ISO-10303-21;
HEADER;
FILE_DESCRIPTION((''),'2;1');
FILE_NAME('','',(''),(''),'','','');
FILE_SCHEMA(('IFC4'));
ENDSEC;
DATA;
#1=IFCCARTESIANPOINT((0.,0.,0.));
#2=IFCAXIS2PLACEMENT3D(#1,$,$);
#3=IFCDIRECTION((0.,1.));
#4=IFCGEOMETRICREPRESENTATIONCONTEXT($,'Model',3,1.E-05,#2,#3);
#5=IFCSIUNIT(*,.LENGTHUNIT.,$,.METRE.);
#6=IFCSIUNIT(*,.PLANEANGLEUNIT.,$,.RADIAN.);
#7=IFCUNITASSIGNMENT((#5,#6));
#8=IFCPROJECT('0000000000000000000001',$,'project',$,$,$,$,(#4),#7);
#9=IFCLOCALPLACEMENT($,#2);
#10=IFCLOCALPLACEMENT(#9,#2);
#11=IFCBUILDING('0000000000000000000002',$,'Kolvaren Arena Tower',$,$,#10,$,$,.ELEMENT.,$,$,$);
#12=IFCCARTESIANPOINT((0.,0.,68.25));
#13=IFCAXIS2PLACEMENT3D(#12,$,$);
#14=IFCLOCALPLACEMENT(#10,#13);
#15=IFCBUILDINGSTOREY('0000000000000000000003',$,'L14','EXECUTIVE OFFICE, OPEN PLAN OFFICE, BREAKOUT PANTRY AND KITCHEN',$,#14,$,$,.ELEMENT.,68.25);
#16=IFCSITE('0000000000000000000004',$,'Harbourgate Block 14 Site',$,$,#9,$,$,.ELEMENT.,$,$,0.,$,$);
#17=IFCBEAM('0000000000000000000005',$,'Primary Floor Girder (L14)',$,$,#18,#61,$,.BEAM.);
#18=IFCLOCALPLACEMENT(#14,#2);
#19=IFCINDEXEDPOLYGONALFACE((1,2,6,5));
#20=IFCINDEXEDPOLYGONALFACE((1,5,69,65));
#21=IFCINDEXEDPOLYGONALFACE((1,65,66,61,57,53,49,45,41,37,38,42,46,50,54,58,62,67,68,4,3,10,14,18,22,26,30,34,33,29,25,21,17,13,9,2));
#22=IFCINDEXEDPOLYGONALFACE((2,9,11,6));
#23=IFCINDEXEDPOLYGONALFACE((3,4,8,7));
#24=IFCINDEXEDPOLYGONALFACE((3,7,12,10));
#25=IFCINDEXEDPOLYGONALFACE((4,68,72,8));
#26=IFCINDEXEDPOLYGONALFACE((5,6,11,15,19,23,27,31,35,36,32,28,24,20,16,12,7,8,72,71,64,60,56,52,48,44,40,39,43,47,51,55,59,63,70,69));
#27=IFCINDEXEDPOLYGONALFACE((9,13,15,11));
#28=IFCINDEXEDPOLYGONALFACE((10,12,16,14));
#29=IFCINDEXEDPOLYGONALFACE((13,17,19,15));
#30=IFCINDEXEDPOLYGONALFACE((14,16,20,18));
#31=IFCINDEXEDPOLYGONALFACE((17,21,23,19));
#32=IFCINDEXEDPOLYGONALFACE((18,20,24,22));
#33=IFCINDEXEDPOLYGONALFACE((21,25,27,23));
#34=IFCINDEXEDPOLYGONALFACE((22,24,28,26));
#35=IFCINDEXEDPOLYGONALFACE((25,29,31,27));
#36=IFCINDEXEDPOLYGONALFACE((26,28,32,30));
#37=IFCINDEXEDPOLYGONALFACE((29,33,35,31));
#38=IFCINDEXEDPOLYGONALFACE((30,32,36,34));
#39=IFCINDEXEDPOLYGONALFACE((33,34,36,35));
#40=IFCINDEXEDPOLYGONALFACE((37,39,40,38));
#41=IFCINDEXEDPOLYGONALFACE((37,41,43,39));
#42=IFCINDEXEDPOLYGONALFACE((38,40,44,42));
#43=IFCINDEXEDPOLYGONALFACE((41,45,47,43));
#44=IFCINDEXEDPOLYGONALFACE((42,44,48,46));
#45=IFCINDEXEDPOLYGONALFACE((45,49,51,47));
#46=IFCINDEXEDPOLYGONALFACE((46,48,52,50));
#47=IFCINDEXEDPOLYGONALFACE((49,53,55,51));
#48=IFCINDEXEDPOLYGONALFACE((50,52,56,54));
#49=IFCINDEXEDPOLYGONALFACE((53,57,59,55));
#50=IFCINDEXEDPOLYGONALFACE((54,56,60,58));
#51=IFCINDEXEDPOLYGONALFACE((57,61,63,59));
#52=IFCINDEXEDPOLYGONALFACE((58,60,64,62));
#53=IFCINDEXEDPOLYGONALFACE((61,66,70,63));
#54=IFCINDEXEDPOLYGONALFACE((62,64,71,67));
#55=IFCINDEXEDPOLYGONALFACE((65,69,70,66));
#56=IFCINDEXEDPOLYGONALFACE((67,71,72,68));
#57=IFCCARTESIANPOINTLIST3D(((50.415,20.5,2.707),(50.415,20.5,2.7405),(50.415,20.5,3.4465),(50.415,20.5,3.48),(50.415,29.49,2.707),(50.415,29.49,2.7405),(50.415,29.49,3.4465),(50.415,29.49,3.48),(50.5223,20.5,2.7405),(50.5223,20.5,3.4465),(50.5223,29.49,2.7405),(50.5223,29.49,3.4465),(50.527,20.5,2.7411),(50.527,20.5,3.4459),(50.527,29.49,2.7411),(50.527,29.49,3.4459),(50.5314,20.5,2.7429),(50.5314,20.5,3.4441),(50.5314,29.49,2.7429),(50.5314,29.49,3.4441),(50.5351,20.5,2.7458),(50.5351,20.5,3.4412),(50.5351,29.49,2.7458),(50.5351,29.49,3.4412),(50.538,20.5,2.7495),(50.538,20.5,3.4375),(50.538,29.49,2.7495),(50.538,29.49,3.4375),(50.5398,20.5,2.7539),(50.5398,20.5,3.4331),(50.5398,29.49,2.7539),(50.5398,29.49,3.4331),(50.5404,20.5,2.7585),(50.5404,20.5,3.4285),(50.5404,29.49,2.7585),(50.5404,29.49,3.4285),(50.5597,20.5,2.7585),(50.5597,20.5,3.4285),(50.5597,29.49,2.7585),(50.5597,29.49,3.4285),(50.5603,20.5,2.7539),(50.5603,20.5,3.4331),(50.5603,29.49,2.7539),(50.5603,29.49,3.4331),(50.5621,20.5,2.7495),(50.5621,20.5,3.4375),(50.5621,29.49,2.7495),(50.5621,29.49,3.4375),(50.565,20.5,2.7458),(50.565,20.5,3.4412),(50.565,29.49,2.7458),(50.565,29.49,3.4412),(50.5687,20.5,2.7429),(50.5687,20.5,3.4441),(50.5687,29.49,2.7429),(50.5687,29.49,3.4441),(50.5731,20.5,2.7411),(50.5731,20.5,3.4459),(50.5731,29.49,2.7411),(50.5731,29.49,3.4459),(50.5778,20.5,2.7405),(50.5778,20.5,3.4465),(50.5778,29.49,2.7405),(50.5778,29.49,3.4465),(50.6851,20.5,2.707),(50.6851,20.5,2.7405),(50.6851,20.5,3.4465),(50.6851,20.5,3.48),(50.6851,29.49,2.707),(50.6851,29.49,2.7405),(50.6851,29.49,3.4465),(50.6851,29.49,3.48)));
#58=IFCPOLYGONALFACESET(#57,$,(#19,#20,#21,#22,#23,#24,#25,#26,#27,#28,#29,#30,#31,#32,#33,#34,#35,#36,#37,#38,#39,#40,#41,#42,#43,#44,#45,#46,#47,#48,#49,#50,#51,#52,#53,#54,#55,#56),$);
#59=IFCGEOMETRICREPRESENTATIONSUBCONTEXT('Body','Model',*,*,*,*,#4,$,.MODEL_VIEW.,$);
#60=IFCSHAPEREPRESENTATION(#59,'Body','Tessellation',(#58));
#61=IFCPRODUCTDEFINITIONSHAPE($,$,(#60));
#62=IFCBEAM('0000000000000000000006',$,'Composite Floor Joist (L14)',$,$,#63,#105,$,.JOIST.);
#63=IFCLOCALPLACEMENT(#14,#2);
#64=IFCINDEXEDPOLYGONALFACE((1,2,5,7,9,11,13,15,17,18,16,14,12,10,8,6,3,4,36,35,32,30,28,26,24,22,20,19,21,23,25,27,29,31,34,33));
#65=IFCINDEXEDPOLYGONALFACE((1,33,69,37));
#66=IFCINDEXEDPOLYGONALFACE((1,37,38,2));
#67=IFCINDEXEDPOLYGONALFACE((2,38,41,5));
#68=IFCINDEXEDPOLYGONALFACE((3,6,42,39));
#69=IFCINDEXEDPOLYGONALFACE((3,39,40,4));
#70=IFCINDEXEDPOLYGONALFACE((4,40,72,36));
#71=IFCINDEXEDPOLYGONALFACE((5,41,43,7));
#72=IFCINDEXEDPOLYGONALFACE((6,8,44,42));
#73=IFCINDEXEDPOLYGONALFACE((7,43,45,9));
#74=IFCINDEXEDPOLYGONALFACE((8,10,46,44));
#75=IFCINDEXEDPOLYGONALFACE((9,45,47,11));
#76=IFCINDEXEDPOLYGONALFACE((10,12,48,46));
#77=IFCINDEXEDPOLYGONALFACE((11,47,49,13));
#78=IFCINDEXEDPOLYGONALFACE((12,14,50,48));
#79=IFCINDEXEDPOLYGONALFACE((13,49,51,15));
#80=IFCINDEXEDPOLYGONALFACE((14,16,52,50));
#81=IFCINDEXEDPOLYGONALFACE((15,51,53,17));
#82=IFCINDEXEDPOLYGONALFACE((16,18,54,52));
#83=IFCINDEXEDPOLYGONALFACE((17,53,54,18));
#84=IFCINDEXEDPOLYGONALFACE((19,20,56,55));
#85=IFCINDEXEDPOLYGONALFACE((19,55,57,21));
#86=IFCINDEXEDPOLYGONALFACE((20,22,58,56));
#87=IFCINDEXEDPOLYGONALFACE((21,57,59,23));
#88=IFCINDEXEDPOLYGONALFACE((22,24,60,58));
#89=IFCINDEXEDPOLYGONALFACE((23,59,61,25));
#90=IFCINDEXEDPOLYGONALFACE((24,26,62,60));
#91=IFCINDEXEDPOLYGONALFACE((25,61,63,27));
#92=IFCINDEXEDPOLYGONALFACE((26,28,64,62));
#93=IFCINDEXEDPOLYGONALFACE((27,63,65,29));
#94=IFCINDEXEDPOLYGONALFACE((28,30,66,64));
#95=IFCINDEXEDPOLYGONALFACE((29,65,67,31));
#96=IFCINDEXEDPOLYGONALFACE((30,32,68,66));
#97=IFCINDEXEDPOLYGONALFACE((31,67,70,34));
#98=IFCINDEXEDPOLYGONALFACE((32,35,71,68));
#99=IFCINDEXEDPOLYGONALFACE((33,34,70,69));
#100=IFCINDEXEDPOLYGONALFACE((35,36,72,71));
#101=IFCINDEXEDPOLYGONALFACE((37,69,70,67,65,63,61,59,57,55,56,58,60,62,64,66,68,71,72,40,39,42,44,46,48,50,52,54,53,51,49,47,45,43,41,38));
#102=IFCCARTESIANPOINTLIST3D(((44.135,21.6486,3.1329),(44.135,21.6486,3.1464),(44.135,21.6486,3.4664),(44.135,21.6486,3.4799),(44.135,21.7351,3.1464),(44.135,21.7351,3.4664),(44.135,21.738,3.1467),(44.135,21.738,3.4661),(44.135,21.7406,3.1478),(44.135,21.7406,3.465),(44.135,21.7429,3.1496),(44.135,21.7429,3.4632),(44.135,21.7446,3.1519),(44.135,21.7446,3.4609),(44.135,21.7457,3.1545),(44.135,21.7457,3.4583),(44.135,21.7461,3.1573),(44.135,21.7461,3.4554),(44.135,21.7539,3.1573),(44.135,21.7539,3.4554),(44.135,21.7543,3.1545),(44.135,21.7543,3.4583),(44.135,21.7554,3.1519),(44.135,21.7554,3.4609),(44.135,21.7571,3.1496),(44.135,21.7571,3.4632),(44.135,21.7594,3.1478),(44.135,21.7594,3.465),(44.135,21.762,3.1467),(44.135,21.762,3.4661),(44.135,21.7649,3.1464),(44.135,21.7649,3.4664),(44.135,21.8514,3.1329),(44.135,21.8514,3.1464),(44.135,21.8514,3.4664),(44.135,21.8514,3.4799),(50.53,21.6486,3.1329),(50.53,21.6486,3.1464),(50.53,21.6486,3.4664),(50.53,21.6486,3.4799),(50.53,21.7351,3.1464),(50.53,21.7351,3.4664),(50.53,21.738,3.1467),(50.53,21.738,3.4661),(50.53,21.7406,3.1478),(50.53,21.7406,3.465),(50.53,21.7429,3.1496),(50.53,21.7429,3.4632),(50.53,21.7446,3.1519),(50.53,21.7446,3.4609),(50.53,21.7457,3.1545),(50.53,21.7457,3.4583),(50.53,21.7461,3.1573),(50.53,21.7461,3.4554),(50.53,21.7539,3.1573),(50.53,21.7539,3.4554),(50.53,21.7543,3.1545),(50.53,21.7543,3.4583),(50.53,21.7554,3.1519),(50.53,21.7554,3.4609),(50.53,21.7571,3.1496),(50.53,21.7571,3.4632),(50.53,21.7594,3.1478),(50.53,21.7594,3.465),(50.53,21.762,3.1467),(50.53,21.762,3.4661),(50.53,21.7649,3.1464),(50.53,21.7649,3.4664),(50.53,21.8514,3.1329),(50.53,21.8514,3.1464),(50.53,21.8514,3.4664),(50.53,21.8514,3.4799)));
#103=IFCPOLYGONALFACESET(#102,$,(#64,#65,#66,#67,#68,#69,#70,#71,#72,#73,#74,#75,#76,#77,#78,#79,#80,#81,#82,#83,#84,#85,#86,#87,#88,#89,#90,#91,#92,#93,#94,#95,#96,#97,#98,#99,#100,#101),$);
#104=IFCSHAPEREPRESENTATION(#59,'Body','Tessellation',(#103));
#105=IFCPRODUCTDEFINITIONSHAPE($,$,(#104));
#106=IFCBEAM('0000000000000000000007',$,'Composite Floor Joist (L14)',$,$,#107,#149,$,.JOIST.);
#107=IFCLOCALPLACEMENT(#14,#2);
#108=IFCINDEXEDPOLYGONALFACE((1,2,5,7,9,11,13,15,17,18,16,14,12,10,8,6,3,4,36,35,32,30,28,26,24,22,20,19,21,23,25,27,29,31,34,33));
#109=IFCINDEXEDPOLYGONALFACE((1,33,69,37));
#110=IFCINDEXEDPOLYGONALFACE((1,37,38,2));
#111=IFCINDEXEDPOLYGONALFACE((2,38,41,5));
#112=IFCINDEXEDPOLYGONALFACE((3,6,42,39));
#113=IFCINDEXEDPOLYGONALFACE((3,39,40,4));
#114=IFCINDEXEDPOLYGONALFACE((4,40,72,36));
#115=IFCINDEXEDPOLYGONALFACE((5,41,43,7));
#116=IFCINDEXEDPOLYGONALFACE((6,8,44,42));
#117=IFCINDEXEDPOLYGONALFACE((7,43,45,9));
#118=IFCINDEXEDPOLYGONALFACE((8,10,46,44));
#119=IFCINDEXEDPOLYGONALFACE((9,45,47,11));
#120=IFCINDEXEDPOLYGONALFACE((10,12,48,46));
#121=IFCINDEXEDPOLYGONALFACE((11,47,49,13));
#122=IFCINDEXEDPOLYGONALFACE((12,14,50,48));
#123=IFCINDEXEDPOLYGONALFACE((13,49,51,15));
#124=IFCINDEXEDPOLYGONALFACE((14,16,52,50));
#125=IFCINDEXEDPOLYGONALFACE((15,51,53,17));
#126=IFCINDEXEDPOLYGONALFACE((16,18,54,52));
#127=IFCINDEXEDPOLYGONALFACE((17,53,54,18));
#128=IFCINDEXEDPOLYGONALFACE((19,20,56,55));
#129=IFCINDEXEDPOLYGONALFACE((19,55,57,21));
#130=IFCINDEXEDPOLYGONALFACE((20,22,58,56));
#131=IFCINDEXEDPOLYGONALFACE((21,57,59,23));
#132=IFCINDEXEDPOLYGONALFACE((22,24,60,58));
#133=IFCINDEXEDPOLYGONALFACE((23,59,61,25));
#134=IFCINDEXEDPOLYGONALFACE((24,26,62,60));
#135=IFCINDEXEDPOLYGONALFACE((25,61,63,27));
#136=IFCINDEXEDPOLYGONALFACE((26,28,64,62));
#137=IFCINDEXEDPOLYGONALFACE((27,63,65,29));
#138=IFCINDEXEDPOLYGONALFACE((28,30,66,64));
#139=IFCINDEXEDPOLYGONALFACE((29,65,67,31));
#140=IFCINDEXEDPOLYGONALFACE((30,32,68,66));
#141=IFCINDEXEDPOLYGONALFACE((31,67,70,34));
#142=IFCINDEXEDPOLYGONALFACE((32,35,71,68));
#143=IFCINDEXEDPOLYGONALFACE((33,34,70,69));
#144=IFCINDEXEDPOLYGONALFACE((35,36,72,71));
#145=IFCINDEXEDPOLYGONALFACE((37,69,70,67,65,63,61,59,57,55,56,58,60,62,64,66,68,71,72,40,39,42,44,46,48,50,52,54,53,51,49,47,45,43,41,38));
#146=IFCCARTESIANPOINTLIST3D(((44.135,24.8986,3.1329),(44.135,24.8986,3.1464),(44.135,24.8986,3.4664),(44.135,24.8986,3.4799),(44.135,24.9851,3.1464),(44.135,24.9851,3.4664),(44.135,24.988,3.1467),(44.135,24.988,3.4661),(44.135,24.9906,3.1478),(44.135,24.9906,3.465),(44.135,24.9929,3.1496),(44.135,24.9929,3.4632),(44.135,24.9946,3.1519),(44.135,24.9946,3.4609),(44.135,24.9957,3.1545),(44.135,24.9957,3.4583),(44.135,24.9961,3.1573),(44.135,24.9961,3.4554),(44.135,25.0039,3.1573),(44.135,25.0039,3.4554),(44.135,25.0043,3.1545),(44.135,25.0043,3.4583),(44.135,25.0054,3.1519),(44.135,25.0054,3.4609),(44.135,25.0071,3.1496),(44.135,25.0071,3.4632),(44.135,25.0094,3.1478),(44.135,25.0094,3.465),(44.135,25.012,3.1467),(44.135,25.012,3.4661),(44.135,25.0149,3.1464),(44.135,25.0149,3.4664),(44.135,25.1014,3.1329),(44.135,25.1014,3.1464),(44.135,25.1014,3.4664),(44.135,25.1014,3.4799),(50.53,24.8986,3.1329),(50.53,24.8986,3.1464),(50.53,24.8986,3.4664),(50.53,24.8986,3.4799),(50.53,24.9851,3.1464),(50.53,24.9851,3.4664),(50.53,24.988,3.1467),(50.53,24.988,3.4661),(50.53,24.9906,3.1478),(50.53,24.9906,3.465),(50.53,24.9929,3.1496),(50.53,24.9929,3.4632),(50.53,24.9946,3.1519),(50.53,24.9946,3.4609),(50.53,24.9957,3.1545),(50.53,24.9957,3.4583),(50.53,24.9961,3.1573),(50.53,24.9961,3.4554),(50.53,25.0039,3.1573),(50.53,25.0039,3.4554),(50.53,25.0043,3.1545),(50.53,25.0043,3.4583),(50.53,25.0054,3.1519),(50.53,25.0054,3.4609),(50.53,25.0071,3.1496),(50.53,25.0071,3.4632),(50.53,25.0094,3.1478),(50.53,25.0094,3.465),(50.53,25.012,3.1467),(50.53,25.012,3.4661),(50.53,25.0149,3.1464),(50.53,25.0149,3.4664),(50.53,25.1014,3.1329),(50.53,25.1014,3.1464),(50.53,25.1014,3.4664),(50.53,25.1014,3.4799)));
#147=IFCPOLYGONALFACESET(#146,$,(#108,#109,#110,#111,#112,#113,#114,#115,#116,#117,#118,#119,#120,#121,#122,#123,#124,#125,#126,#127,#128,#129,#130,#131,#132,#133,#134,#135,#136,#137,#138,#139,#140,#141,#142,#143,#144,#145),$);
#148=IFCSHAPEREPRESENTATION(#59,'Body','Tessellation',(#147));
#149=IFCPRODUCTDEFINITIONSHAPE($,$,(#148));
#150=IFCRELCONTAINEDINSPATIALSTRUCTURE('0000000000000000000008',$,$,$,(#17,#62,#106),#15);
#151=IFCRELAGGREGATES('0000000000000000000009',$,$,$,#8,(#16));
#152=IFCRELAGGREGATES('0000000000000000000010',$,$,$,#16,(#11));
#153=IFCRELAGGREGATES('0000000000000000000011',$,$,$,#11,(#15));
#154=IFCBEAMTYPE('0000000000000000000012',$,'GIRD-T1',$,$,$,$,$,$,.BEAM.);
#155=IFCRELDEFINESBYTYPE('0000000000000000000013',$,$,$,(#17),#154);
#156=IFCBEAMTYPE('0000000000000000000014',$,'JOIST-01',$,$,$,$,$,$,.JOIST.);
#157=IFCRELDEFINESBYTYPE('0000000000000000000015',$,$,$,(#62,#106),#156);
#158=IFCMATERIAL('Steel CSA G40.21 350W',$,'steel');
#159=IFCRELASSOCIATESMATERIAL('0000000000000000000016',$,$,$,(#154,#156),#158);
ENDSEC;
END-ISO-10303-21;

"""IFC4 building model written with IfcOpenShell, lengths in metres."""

from ifc_helpers import new_model, si_unit, direction, frame, origin, origin_2d, place, context, subcontext, project, spatial, i_section, extrude, material, material_profile, profile_set, type_object, element, save


model = new_model("IFC4")

# Units and contexts
model_context = context("Model", 3, precision=1e-05, world=origin(), true_north=direction((0.0, 1.0)))
body_context = subcontext(model_context, "Body", "Model", "MODEL_VIEW")
ifc_project = project(units=[si_unit("LENGTHUNIT", "METRE"), si_unit("PLANEANGLEUNIT", "RADIAN")], contexts=[model_context])

# Site, building, storey
site_placement = place(None, origin())
site = spatial("IfcSite", under=ifc_project, at=site_placement, Name="Harbourgate Block 14 Site", CompositionType="ELEMENT", RefElevation=0.0)
building_placement = place(site_placement, origin())
building = spatial("IfcBuilding", under=site, at=building_placement, Name="Kolvaren Arena Tower", CompositionType="ELEMENT")
storey_placement = place(building_placement, frame((0.0, 0.0, 68.25)))
storey = spatial("IfcBuildingStorey", under=building, at=storey_placement, Name="L14", Description="EXECUTIVE OFFICE, OPEN PLAN OFFICE, BREAKOUT PANTRY AND KITCHEN", CompositionType="ELEMENT", Elevation=68.25)

# Beams
ifc_material_1 = material(Name="Steel CSA G40.21 350W", Category="steel")
ifc_material_profile_1 = material_profile(ifc_material_1, i_section(OverallWidth=0.27, OverallDepth=0.7729, WebThickness=0.0193, FlangeThickness=0.0334, FilletRadius=0.0181, at=origin_2d()), Name="W760x257")
ifc_profile_set_1 = profile_set([ifc_material_profile_1], Name="Steel CSA G40.21 350W")
beam_type_1 = type_object("IfcBeamType", Name="GIRD-T1", PredefinedType="BEAM", material=ifc_profile_set_1)
beam_1_placement = place(storey_placement, frame((50.55, 20.5, 3.0935), z_axis=(0.0, 1.0, 0.0), x_axis=(-1.0, 0.0, 0.0)))
element("IfcBeam", 1, at=beam_1_placement, inside=storey, type_object=beam_type_1, Name="Primary Floor Girder (L14)", PredefinedType="BEAM", context=body_context, shape_type="SweptSolid", body=[
    extrude(i_section(OverallWidth=0.27, OverallDepth=0.7729, WebThickness=0.0193, FlangeThickness=0.0334, FilletRadius=0.0181, at=origin_2d()), origin(), (0.0, 0.0, 1.0), 8.99),
])
ifc_material_profile_2 = material_profile(ifc_material_1, i_section(OverallWidth=0.2029, OverallDepth=0.3469, WebThickness=0.0078, FlangeThickness=0.0134, FilletRadius=0.011, at=origin_2d()), Name="W360x64")
ifc_profile_set_2 = profile_set([ifc_material_profile_2], Name="Steel CSA G40.21 350W")
beam_type_2 = type_object("IfcBeamType", Name="JOIST-01", PredefinedType="JOIST", material=ifc_profile_set_2)
for number, where, z_axis, x_axis, name in (
    (2, (44.135, 21.75, 3.3064), (1.0, 0.0, 0.0), (0.0, 1.0, 0.0), "Composite Floor Joist (L14)"),
    (3, (44.135, 25.0, 3.3064), (1.0, 0.0, 0.0), (0.0, 1.0, 0.0), "Composite Floor Joist (L14)"),
):
    element("IfcBeam", number, at=place(storey_placement, frame(where, z_axis=z_axis, x_axis=x_axis)), inside=storey, type_object=beam_type_2, Name=name, PredefinedType="JOIST", context=body_context, shape_type="SweptSolid", body=[
        extrude(i_section(OverallWidth=0.2029, OverallDepth=0.3469, WebThickness=0.0078, FlangeThickness=0.0134, FilletRadius=0.011, at=origin_2d()), origin(), (0.0, 0.0, 1.0), 6.395),
    ])

save(model, "model.ifc")
